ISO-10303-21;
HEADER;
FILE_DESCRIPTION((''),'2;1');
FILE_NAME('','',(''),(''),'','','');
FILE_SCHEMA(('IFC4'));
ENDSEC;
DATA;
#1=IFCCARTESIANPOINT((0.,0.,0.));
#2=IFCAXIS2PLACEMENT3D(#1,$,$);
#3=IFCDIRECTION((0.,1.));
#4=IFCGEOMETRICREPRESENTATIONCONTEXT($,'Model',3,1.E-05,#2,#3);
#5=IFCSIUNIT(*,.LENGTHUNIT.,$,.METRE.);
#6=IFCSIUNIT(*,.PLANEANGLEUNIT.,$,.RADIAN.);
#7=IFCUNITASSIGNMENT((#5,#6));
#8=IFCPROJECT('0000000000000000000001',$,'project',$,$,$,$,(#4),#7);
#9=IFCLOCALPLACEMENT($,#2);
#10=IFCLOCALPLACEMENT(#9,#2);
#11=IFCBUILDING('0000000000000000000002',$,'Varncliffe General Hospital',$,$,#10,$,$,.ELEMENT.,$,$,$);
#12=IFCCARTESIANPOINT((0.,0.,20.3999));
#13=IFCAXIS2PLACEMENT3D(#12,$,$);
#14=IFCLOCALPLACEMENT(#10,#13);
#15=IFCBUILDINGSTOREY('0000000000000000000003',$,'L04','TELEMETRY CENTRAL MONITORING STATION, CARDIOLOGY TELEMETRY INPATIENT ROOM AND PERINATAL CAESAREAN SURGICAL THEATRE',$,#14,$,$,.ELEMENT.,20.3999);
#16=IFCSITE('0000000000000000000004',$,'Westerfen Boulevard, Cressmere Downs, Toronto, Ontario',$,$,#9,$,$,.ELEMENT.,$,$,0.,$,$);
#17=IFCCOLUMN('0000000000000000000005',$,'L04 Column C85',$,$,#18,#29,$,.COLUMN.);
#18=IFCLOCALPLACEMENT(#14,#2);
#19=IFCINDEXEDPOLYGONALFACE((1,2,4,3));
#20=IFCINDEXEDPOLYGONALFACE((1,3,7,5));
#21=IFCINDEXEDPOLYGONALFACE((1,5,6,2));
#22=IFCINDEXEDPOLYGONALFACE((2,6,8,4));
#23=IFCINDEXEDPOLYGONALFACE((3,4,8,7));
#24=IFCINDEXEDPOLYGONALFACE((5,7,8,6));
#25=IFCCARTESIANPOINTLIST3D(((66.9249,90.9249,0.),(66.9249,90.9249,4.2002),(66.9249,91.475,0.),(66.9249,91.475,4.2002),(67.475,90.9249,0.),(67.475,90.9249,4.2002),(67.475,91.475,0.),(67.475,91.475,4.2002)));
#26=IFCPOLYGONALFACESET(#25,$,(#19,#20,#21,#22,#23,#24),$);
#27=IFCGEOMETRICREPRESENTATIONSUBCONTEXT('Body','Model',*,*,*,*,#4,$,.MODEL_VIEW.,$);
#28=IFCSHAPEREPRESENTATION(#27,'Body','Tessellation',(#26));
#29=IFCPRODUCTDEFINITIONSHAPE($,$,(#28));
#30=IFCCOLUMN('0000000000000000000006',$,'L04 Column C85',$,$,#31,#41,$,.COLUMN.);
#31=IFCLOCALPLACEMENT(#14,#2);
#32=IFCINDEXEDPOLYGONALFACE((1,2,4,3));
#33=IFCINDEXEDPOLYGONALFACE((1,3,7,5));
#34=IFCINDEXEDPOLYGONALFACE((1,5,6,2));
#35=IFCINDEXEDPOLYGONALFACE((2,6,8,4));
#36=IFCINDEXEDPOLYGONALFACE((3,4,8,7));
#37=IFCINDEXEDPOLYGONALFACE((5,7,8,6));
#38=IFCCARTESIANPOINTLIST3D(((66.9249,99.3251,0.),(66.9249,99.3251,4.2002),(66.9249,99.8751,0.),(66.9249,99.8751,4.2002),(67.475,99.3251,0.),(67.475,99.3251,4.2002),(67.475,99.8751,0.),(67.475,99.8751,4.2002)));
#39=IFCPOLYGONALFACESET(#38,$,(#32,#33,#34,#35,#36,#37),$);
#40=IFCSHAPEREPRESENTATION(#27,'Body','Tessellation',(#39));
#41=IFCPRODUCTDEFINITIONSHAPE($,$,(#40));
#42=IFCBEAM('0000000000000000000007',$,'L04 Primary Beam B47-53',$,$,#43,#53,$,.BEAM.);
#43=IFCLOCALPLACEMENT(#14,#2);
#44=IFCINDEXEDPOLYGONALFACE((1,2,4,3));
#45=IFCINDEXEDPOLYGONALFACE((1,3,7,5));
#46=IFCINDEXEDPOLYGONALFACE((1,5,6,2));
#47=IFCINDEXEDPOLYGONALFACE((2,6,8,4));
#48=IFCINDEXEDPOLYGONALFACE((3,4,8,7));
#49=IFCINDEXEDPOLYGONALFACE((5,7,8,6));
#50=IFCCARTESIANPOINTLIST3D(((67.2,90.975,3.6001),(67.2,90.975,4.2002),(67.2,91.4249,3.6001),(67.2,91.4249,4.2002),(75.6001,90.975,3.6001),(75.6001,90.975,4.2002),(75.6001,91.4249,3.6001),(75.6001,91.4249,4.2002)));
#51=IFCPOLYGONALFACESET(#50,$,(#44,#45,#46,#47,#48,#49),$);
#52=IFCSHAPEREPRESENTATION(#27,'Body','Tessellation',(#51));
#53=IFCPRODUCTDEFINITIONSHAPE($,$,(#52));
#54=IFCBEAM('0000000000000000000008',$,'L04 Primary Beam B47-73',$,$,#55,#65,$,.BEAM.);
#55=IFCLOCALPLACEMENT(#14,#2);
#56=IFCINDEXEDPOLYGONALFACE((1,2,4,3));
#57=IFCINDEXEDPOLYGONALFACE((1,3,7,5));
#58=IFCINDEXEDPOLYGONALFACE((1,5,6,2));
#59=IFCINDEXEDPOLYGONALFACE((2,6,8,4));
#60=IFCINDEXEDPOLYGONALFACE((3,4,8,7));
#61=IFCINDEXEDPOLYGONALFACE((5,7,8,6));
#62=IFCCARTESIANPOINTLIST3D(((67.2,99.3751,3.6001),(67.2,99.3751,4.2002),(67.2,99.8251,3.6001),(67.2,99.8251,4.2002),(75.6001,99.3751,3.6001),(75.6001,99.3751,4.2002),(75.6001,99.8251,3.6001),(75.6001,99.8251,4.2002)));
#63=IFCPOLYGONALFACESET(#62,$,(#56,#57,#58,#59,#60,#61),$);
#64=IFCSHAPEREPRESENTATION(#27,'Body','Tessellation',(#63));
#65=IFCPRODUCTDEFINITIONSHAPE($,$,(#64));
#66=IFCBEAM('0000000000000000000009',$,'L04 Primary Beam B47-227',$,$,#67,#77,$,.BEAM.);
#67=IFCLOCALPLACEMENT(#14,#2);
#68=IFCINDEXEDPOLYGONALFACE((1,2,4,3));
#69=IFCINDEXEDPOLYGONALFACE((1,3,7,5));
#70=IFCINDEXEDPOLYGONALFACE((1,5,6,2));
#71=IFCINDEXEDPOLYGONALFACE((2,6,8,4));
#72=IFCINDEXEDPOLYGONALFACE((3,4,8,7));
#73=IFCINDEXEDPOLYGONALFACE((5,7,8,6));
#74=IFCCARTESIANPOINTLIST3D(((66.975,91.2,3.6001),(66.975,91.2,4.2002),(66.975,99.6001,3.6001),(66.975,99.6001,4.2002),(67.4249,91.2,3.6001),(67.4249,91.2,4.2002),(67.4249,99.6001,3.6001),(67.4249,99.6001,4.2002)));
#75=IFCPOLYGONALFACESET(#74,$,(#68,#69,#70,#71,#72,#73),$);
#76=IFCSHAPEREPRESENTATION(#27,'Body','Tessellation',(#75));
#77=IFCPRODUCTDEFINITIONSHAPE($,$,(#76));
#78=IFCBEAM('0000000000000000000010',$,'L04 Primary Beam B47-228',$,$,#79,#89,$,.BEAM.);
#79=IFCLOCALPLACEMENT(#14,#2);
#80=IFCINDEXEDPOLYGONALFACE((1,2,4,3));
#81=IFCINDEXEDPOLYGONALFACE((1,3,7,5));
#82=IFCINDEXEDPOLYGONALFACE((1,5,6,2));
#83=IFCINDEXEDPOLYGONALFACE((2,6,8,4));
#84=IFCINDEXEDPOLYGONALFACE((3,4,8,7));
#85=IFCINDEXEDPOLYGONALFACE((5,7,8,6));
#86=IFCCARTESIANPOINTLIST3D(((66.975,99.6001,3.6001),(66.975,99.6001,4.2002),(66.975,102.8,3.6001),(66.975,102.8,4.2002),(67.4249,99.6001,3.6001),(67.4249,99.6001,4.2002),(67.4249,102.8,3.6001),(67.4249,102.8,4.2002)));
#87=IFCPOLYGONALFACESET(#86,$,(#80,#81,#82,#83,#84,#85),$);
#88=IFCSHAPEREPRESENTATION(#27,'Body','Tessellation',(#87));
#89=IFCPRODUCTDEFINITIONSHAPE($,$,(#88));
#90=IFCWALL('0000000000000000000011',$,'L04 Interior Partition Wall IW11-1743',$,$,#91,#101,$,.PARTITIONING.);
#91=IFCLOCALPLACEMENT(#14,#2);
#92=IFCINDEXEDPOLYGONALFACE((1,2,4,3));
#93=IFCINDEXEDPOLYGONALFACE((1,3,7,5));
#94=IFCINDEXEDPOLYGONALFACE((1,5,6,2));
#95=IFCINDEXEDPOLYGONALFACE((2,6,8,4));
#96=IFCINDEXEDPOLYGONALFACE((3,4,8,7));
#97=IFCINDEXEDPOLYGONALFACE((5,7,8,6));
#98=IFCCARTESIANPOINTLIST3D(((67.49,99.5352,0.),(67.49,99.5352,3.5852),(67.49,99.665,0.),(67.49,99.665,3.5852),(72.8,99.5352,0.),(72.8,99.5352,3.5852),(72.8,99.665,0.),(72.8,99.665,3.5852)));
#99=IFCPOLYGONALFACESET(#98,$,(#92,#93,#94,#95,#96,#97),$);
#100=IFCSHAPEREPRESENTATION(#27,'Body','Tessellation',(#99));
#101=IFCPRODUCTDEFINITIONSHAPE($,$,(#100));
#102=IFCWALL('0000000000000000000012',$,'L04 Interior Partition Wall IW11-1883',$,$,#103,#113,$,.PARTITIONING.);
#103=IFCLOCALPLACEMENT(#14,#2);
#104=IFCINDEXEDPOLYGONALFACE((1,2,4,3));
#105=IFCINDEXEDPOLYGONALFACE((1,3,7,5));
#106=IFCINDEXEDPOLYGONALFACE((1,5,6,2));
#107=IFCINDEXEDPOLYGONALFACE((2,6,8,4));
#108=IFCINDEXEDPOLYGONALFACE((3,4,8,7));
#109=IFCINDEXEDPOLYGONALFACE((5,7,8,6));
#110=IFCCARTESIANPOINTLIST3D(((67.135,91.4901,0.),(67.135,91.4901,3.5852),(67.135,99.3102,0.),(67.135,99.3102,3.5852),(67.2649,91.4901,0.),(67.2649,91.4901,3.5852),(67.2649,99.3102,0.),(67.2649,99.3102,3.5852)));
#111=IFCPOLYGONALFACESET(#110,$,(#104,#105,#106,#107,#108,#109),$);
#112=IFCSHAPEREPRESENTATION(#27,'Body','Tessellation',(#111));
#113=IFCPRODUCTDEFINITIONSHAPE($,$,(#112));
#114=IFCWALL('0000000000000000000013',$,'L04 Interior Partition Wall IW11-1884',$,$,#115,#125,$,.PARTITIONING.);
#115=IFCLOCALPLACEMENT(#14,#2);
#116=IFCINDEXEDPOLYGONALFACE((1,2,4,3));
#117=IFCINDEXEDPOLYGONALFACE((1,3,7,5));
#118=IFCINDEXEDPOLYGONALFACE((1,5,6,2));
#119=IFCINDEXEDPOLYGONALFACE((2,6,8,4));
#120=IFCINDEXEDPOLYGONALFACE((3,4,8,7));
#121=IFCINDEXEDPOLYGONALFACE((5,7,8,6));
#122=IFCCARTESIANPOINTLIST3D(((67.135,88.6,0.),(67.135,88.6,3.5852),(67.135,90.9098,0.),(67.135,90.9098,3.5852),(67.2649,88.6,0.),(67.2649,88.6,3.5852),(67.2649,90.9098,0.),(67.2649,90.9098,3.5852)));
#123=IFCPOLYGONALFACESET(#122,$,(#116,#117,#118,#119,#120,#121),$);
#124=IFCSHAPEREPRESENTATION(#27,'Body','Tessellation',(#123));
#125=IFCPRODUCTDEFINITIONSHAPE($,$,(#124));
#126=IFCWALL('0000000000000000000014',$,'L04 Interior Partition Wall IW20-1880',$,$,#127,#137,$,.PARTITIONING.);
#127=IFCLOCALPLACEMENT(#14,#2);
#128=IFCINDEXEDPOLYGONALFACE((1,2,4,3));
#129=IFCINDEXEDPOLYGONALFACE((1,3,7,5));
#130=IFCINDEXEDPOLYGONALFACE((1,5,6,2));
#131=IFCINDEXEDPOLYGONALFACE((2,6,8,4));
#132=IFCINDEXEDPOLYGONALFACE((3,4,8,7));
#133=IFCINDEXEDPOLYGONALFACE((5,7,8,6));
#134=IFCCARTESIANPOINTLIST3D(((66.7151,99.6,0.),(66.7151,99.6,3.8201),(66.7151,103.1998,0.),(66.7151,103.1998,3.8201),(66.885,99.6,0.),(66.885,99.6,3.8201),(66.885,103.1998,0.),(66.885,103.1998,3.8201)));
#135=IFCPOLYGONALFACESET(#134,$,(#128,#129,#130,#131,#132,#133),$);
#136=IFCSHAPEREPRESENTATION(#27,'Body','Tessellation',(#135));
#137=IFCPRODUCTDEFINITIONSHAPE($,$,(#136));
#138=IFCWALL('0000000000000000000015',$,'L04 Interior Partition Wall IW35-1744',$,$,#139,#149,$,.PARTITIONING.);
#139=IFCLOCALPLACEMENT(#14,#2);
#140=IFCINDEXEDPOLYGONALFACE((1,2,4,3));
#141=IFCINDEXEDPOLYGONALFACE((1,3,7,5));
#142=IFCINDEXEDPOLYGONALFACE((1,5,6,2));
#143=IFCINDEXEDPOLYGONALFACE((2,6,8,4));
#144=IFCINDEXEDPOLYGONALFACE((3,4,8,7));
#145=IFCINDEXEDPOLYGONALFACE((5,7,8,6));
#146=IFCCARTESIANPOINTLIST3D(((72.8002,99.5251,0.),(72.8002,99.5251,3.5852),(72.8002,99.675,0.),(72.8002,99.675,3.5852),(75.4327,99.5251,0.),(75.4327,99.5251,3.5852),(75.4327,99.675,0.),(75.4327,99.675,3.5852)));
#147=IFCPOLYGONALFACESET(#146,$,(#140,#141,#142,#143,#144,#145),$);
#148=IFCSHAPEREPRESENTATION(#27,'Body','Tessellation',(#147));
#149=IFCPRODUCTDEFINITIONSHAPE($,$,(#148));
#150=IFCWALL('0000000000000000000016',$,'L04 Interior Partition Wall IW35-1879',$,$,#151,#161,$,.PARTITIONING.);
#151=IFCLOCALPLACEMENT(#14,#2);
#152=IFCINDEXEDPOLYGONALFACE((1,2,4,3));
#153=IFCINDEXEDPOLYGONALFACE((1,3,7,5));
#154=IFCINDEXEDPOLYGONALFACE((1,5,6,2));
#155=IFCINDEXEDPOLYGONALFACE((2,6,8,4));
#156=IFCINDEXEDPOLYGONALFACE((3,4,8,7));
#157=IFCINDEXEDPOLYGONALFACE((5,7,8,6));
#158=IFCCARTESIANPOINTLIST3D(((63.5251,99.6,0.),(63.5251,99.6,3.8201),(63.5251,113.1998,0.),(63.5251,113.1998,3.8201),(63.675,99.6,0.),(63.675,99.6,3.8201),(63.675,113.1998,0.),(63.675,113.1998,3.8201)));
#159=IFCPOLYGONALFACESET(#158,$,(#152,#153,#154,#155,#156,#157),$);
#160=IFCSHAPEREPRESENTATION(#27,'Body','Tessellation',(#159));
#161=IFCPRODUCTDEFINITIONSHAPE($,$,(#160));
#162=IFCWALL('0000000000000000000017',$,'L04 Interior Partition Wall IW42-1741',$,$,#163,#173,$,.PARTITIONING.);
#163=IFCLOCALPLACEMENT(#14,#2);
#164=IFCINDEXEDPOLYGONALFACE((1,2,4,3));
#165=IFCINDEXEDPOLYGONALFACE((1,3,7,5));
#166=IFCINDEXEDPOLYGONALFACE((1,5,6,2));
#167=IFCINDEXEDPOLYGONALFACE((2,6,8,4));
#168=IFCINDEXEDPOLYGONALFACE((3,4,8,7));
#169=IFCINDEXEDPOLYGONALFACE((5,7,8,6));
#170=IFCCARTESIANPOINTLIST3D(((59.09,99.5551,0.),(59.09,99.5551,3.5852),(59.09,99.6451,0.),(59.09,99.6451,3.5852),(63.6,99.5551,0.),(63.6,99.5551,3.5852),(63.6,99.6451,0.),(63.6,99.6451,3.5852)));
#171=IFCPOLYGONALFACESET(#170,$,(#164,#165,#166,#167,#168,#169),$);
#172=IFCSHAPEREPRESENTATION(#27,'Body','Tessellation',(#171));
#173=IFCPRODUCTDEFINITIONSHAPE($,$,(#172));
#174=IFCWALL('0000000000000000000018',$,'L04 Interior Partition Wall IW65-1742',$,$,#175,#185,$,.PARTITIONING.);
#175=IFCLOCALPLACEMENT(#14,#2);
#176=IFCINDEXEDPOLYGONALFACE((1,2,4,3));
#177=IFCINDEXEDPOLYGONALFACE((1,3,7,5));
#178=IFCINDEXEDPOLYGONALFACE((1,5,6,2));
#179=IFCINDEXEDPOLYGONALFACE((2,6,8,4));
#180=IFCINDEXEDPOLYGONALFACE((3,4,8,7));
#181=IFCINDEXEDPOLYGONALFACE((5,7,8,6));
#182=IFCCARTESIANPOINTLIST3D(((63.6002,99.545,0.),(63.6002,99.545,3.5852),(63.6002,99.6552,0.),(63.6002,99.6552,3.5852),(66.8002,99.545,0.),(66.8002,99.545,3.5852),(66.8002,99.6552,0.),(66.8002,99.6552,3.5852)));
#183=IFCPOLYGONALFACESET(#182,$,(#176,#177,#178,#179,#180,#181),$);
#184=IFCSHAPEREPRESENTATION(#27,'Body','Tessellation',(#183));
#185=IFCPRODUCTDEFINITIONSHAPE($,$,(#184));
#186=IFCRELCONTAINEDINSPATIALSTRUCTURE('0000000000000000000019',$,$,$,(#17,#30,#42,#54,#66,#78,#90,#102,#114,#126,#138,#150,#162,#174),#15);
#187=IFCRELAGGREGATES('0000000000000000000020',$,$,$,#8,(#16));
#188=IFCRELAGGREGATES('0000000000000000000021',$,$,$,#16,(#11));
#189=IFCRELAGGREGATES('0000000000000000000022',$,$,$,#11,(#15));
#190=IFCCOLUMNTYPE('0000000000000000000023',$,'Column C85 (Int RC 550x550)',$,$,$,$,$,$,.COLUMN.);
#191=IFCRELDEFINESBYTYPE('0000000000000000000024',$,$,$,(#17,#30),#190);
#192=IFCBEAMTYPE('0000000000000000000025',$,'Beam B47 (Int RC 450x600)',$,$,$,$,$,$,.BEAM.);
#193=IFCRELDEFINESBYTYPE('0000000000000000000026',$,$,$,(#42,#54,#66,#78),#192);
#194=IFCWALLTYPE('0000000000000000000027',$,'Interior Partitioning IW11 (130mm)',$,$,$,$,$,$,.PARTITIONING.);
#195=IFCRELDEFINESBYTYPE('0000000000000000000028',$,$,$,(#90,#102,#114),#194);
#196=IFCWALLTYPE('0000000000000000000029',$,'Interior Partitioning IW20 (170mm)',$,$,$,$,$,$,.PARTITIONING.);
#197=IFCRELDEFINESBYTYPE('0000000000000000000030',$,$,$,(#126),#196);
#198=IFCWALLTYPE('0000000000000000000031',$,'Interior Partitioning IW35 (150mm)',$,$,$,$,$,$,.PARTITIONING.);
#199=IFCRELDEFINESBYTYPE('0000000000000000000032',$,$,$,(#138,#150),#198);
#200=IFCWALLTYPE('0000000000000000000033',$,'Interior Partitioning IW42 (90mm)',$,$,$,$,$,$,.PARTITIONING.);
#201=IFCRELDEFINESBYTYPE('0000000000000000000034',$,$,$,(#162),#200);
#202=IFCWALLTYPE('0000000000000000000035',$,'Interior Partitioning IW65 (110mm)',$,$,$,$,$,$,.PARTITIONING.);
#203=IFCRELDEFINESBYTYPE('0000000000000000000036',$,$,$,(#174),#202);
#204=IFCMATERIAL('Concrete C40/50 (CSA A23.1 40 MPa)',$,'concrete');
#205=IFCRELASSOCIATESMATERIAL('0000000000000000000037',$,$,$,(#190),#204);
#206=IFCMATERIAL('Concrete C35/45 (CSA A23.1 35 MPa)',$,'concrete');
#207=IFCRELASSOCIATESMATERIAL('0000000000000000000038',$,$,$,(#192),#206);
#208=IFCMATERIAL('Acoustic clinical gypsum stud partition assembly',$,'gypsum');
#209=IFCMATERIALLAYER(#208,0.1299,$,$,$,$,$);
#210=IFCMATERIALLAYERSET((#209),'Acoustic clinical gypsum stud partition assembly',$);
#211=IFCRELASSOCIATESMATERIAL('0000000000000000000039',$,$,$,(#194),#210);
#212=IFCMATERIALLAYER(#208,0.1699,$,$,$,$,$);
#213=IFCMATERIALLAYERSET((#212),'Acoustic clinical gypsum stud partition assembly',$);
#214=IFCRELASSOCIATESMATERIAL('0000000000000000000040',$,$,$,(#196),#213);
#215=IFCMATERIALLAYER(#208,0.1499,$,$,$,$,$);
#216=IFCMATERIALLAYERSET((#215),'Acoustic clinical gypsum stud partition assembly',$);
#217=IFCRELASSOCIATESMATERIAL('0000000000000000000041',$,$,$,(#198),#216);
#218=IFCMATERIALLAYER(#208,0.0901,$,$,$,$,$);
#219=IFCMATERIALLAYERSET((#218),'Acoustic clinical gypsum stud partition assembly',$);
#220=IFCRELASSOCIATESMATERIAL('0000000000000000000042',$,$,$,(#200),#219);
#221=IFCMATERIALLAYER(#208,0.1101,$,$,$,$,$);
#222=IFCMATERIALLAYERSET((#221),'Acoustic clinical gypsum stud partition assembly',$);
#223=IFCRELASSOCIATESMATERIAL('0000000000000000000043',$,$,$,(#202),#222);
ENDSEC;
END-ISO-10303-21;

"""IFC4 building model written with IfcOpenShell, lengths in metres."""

from ifc_helpers import new_model, si_unit, direction, frame, frame_2d, origin, origin_2d, place, context, subcontext, project, spatial, rectangle, extrude, material, layer, layer_set, material_profile, profile_set, type_object, element, save


model = new_model("IFC4")

# Units and contexts
model_context = context("Model", 3, precision=1e-05, world=origin(), true_north=direction((0.0, 1.0)))
body_context = subcontext(model_context, "Body", "Model", "MODEL_VIEW")
ifc_project = project(units=[si_unit("LENGTHUNIT", "METRE"), si_unit("PLANEANGLEUNIT", "RADIAN")], contexts=[model_context])

# Site, building, storey
site_placement = place(None, origin())
site = spatial("IfcSite", under=ifc_project, at=site_placement, Name="Westerfen Boulevard, Cressmere Downs, Toronto, Ontario", CompositionType="ELEMENT", RefElevation=0.0)
building_placement = place(site_placement, origin())
building = spatial("IfcBuilding", under=site, at=building_placement, Name="Varncliffe General Hospital", CompositionType="ELEMENT")
storey_placement = place(building_placement, frame((0.0, 0.0, 20.3999)))
storey = spatial("IfcBuildingStorey", under=building, at=storey_placement, Name="L04", Description="TELEMETRY CENTRAL MONITORING STATION, CARDIOLOGY TELEMETRY INPATIENT ROOM AND PERINATAL CAESAREAN SURGICAL THEATRE", CompositionType="ELEMENT", Elevation=20.3999)

# Columns
ifc_material_1 = material(Name="Concrete C40/50 (CSA A23.1 40 MPa)", Category="concrete")
ifc_material_profile_1 = material_profile(ifc_material_1, rectangle(XDim=0.55, YDim=0.55, at=origin_2d()), Name="RC 550x550")
ifc_profile_set_1 = profile_set([ifc_material_profile_1], Name="Concrete C40/50 (CSA A23.1 40 MPa)")
column_type = type_object("IfcColumnType", Name="Column C85 (Int RC 550x550)", PredefinedType="COLUMN", material=ifc_profile_set_1)
for number, where, z_axis, x_axis, name in (
    (1, (67.2, 91.2, 0.0), (0.0, 0.0, 1.0), (1.0, 0.0, 0.0), "L04 Column C85"),
    (2, (67.2, 99.6001, 0.0), (0.0, 0.0, 1.0), (1.0, 0.0, 0.0), "L04 Column C85"),
):
    element("IfcColumn", number, at=place(storey_placement, frame(where, z_axis=z_axis, x_axis=x_axis)), inside=storey, type_object=column_type, Name=name, PredefinedType="COLUMN", context=body_context, shape_type="SweptSolid", body=[
        extrude(rectangle(XDim=0.55, YDim=0.55, at=origin_2d()), origin(), (0.0, 0.0, 1.0), 4.2002),
    ])

# Beams
ifc_material_2 = material(Name="Concrete C35/45 (CSA A23.1 35 MPa)", Category="concrete")
ifc_material_profile_2 = material_profile(ifc_material_2, rectangle(XDim=0.45, YDim=0.6001, at=origin_2d()), Name="RC 450x600")
ifc_profile_set_2 = profile_set([ifc_material_profile_2], Name="Concrete C35/45 (CSA A23.1 35 MPa)")
beam_type = type_object("IfcBeamType", Name="Beam B47 (Int RC 450x600)", PredefinedType="BEAM", material=ifc_profile_set_2)
for number, where, z_axis, x_axis, name in (
    (3, (67.2, 91.2, 3.9001), (1.0, 0.0, 0.0), (0.0, 1.0, 0.0), "L04 Primary Beam B47-53"),
    (4, (67.2, 99.6001, 3.9001), (1.0, 0.0, 0.0), (0.0, 1.0, 0.0), "L04 Primary Beam B47-73"),
    (5, (67.2, 91.2, 3.9001), (0.0, 1.0, 0.0), (-1.0, 0.0, 0.0), "L04 Primary Beam B47-227"),
):
    element("IfcBeam", number, at=place(storey_placement, frame(where, z_axis=z_axis, x_axis=x_axis)), inside=storey, type_object=beam_type, Name=name, PredefinedType="BEAM", context=body_context, shape_type="SweptSolid", body=[
        extrude(rectangle(XDim=0.45, YDim=0.6001, at=origin_2d()), origin(), (0.0, 0.0, 1.0), 8.4001),
    ])
beam_placement = place(storey_placement, frame((67.2, 99.6001, 3.9001), z_axis=(0.0, 1.0, 0.0), x_axis=(-1.0, 0.0, 0.0)))
element("IfcBeam", 6, at=beam_placement, inside=storey, type_object=beam_type, Name="L04 Primary Beam B47-228", PredefinedType="BEAM", context=body_context, shape_type="SweptSolid", body=[
    extrude(rectangle(XDim=0.45, YDim=0.6001, at=origin_2d()), origin(), (0.0, 0.0, 1.0), 3.2),
])

# Walls
ifc_material_3 = material(Name="Acoustic clinical gypsum stud partition assembly", Category="gypsum")
ifc_layer_1 = layer(ifc_material_3, 0.1299)
ifc_layer_set_1 = layer_set([ifc_layer_1], Name="Acoustic clinical gypsum stud partition assembly")
wall_type_1 = type_object("IfcWallType", Name="Interior Partitioning IW11 (130mm)", PredefinedType="PARTITIONING", material=ifc_layer_set_1)
wall_1_placement = place(storey_placement, frame((67.49, 99.6001, 0.0), z_axis=(0.0, 0.0, 1.0), x_axis=(1.0, 0.0, 0.0)))
element("IfcWall", 7, at=wall_1_placement, inside=storey, type_object=wall_type_1, Name="L04 Interior Partition Wall IW11-1743", PredefinedType="PARTITIONING", context=body_context, shape_type="SweptSolid", body=[
    extrude(rectangle(XDim=5.3101, YDim=0.1299, at=frame_2d((2.655, 0.0))), origin(), (0.0, 0.0, 1.0), 3.5852),
])
wall_2_placement = place(storey_placement, frame((67.2, 91.49, 0.0), z_axis=(0.0, 0.0, 1.0), x_axis=(0.0, 1.0, 0.0)))
element("IfcWall", 8, at=wall_2_placement, inside=storey, type_object=wall_type_1, Name="L04 Interior Partition Wall IW11-1883", PredefinedType="PARTITIONING", context=body_context, shape_type="SweptSolid", body=[
    extrude(rectangle(XDim=7.8201, YDim=0.1299, at=frame_2d((3.9102, 0.0))), origin(), (0.0, 0.0, 1.0), 3.5852),
])
wall_3_placement = place(storey_placement, frame((67.2, 88.6001, 0.0), z_axis=(0.0, 0.0, 1.0), x_axis=(0.0, 1.0, 0.0)))
element("IfcWall", 9, at=wall_3_placement, inside=storey, type_object=wall_type_1, Name="L04 Interior Partition Wall IW11-1884", PredefinedType="PARTITIONING", context=body_context, shape_type="SweptSolid", body=[
    extrude(rectangle(XDim=2.3098, YDim=0.1299, at=frame_2d((1.1548, 0.0))), origin(), (0.0, 0.0, 1.0), 3.5852),
])
ifc_layer_2 = layer(ifc_material_3, 0.1699)
ifc_layer_set_2 = layer_set([ifc_layer_2], Name="Acoustic clinical gypsum stud partition assembly")
wall_type_2 = type_object("IfcWallType", Name="Interior Partitioning IW20 (170mm)", PredefinedType="PARTITIONING", material=ifc_layer_set_2)
wall_4_placement = place(storey_placement, frame((66.8, 99.6001, 0.0), z_axis=(0.0, 0.0, 1.0), x_axis=(0.0, 1.0, 0.0)))
element("IfcWall", 10, at=wall_4_placement, inside=storey, type_object=wall_type_2, Name="L04 Interior Partition Wall IW20-1880", PredefinedType="PARTITIONING", context=body_context, shape_type="SweptSolid", body=[
    extrude(rectangle(XDim=3.5999, YDim=0.1699, at=frame_2d((1.7998, 0.0))), origin(), (0.0, 0.0, 1.0), 3.8201),
])
ifc_layer_3 = layer(ifc_material_3, 0.1499)
ifc_layer_set_3 = layer_set([ifc_layer_3], Name="Acoustic clinical gypsum stud partition assembly")
wall_type_3 = type_object("IfcWallType", Name="Interior Partitioning IW35 (150mm)", PredefinedType="PARTITIONING", material=ifc_layer_set_3)
wall_5_placement = place(storey_placement, frame((72.8, 99.6001, 0.0), z_axis=(0.0, 0.0, 1.0), x_axis=(1.0, 0.0, 0.0)))
element("IfcWall", 11, at=wall_5_placement, inside=storey, type_object=wall_type_3, Name="L04 Interior Partition Wall IW35-1744", PredefinedType="PARTITIONING", context=body_context, shape_type="SweptSolid", body=[
    extrude(rectangle(XDim=2.6326, YDim=0.1499, at=frame_2d((1.3164, 0.0))), origin(), (0.0, 0.0, 1.0), 3.5852),
])
wall_6_placement = place(storey_placement, frame((63.6001, 99.6001, 0.0), z_axis=(0.0, 0.0, 1.0), x_axis=(0.0, 1.0, 0.0)))
element("IfcWall", 12, at=wall_6_placement, inside=storey, type_object=wall_type_3, Name="L04 Interior Partition Wall IW35-1879", PredefinedType="PARTITIONING", context=body_context, shape_type="SweptSolid", body=[
    extrude(rectangle(XDim=13.5999, YDim=0.1499, at=frame_2d((6.7998, 0.0))), origin(), (0.0, 0.0, 1.0), 3.8201),
])
ifc_layer_4 = layer(ifc_material_3, 0.0901)
ifc_layer_set_4 = layer_set([ifc_layer_4], Name="Acoustic clinical gypsum stud partition assembly")
wall_type_4 = type_object("IfcWallType", Name="Interior Partitioning IW42 (90mm)", PredefinedType="PARTITIONING", material=ifc_layer_set_4)
wall_7_placement = place(storey_placement, frame((59.0901, 99.6001, 0.0), z_axis=(0.0, 0.0, 1.0), x_axis=(1.0, 0.0, 0.0)))
element("IfcWall", 13, at=wall_7_placement, inside=storey, type_object=wall_type_4, Name="L04 Interior Partition Wall IW42-1741", PredefinedType="PARTITIONING", context=body_context, shape_type="SweptSolid", body=[
    extrude(rectangle(XDim=4.51, YDim=0.0901, at=frame_2d((2.2549, 0.0))), origin(), (0.0, 0.0, 1.0), 3.5852),
])
ifc_layer_5 = layer(ifc_material_3, 0.1101)
ifc_layer_set_5 = layer_set([ifc_layer_5], Name="Acoustic clinical gypsum stud partition assembly")
wall_type_5 = type_object("IfcWallType", Name="Interior Partitioning IW65 (110mm)", PredefinedType="PARTITIONING", material=ifc_layer_set_5)
wall_8_placement = place(storey_placement, frame((63.6001, 99.6001, 0.0), z_axis=(0.0, 0.0, 1.0), x_axis=(1.0, 0.0, 0.0)))
element("IfcWall", 14, at=wall_8_placement, inside=storey, type_object=wall_type_5, Name="L04 Interior Partition Wall IW65-1742", PredefinedType="PARTITIONING", context=body_context, shape_type="SweptSolid", body=[
    extrude(rectangle(XDim=3.2, YDim=0.1101, at=frame_2d((1.6001, 0.0))), origin(), (0.0, 0.0, 1.0), 3.5852),
])

save(model, "model.ifc")
